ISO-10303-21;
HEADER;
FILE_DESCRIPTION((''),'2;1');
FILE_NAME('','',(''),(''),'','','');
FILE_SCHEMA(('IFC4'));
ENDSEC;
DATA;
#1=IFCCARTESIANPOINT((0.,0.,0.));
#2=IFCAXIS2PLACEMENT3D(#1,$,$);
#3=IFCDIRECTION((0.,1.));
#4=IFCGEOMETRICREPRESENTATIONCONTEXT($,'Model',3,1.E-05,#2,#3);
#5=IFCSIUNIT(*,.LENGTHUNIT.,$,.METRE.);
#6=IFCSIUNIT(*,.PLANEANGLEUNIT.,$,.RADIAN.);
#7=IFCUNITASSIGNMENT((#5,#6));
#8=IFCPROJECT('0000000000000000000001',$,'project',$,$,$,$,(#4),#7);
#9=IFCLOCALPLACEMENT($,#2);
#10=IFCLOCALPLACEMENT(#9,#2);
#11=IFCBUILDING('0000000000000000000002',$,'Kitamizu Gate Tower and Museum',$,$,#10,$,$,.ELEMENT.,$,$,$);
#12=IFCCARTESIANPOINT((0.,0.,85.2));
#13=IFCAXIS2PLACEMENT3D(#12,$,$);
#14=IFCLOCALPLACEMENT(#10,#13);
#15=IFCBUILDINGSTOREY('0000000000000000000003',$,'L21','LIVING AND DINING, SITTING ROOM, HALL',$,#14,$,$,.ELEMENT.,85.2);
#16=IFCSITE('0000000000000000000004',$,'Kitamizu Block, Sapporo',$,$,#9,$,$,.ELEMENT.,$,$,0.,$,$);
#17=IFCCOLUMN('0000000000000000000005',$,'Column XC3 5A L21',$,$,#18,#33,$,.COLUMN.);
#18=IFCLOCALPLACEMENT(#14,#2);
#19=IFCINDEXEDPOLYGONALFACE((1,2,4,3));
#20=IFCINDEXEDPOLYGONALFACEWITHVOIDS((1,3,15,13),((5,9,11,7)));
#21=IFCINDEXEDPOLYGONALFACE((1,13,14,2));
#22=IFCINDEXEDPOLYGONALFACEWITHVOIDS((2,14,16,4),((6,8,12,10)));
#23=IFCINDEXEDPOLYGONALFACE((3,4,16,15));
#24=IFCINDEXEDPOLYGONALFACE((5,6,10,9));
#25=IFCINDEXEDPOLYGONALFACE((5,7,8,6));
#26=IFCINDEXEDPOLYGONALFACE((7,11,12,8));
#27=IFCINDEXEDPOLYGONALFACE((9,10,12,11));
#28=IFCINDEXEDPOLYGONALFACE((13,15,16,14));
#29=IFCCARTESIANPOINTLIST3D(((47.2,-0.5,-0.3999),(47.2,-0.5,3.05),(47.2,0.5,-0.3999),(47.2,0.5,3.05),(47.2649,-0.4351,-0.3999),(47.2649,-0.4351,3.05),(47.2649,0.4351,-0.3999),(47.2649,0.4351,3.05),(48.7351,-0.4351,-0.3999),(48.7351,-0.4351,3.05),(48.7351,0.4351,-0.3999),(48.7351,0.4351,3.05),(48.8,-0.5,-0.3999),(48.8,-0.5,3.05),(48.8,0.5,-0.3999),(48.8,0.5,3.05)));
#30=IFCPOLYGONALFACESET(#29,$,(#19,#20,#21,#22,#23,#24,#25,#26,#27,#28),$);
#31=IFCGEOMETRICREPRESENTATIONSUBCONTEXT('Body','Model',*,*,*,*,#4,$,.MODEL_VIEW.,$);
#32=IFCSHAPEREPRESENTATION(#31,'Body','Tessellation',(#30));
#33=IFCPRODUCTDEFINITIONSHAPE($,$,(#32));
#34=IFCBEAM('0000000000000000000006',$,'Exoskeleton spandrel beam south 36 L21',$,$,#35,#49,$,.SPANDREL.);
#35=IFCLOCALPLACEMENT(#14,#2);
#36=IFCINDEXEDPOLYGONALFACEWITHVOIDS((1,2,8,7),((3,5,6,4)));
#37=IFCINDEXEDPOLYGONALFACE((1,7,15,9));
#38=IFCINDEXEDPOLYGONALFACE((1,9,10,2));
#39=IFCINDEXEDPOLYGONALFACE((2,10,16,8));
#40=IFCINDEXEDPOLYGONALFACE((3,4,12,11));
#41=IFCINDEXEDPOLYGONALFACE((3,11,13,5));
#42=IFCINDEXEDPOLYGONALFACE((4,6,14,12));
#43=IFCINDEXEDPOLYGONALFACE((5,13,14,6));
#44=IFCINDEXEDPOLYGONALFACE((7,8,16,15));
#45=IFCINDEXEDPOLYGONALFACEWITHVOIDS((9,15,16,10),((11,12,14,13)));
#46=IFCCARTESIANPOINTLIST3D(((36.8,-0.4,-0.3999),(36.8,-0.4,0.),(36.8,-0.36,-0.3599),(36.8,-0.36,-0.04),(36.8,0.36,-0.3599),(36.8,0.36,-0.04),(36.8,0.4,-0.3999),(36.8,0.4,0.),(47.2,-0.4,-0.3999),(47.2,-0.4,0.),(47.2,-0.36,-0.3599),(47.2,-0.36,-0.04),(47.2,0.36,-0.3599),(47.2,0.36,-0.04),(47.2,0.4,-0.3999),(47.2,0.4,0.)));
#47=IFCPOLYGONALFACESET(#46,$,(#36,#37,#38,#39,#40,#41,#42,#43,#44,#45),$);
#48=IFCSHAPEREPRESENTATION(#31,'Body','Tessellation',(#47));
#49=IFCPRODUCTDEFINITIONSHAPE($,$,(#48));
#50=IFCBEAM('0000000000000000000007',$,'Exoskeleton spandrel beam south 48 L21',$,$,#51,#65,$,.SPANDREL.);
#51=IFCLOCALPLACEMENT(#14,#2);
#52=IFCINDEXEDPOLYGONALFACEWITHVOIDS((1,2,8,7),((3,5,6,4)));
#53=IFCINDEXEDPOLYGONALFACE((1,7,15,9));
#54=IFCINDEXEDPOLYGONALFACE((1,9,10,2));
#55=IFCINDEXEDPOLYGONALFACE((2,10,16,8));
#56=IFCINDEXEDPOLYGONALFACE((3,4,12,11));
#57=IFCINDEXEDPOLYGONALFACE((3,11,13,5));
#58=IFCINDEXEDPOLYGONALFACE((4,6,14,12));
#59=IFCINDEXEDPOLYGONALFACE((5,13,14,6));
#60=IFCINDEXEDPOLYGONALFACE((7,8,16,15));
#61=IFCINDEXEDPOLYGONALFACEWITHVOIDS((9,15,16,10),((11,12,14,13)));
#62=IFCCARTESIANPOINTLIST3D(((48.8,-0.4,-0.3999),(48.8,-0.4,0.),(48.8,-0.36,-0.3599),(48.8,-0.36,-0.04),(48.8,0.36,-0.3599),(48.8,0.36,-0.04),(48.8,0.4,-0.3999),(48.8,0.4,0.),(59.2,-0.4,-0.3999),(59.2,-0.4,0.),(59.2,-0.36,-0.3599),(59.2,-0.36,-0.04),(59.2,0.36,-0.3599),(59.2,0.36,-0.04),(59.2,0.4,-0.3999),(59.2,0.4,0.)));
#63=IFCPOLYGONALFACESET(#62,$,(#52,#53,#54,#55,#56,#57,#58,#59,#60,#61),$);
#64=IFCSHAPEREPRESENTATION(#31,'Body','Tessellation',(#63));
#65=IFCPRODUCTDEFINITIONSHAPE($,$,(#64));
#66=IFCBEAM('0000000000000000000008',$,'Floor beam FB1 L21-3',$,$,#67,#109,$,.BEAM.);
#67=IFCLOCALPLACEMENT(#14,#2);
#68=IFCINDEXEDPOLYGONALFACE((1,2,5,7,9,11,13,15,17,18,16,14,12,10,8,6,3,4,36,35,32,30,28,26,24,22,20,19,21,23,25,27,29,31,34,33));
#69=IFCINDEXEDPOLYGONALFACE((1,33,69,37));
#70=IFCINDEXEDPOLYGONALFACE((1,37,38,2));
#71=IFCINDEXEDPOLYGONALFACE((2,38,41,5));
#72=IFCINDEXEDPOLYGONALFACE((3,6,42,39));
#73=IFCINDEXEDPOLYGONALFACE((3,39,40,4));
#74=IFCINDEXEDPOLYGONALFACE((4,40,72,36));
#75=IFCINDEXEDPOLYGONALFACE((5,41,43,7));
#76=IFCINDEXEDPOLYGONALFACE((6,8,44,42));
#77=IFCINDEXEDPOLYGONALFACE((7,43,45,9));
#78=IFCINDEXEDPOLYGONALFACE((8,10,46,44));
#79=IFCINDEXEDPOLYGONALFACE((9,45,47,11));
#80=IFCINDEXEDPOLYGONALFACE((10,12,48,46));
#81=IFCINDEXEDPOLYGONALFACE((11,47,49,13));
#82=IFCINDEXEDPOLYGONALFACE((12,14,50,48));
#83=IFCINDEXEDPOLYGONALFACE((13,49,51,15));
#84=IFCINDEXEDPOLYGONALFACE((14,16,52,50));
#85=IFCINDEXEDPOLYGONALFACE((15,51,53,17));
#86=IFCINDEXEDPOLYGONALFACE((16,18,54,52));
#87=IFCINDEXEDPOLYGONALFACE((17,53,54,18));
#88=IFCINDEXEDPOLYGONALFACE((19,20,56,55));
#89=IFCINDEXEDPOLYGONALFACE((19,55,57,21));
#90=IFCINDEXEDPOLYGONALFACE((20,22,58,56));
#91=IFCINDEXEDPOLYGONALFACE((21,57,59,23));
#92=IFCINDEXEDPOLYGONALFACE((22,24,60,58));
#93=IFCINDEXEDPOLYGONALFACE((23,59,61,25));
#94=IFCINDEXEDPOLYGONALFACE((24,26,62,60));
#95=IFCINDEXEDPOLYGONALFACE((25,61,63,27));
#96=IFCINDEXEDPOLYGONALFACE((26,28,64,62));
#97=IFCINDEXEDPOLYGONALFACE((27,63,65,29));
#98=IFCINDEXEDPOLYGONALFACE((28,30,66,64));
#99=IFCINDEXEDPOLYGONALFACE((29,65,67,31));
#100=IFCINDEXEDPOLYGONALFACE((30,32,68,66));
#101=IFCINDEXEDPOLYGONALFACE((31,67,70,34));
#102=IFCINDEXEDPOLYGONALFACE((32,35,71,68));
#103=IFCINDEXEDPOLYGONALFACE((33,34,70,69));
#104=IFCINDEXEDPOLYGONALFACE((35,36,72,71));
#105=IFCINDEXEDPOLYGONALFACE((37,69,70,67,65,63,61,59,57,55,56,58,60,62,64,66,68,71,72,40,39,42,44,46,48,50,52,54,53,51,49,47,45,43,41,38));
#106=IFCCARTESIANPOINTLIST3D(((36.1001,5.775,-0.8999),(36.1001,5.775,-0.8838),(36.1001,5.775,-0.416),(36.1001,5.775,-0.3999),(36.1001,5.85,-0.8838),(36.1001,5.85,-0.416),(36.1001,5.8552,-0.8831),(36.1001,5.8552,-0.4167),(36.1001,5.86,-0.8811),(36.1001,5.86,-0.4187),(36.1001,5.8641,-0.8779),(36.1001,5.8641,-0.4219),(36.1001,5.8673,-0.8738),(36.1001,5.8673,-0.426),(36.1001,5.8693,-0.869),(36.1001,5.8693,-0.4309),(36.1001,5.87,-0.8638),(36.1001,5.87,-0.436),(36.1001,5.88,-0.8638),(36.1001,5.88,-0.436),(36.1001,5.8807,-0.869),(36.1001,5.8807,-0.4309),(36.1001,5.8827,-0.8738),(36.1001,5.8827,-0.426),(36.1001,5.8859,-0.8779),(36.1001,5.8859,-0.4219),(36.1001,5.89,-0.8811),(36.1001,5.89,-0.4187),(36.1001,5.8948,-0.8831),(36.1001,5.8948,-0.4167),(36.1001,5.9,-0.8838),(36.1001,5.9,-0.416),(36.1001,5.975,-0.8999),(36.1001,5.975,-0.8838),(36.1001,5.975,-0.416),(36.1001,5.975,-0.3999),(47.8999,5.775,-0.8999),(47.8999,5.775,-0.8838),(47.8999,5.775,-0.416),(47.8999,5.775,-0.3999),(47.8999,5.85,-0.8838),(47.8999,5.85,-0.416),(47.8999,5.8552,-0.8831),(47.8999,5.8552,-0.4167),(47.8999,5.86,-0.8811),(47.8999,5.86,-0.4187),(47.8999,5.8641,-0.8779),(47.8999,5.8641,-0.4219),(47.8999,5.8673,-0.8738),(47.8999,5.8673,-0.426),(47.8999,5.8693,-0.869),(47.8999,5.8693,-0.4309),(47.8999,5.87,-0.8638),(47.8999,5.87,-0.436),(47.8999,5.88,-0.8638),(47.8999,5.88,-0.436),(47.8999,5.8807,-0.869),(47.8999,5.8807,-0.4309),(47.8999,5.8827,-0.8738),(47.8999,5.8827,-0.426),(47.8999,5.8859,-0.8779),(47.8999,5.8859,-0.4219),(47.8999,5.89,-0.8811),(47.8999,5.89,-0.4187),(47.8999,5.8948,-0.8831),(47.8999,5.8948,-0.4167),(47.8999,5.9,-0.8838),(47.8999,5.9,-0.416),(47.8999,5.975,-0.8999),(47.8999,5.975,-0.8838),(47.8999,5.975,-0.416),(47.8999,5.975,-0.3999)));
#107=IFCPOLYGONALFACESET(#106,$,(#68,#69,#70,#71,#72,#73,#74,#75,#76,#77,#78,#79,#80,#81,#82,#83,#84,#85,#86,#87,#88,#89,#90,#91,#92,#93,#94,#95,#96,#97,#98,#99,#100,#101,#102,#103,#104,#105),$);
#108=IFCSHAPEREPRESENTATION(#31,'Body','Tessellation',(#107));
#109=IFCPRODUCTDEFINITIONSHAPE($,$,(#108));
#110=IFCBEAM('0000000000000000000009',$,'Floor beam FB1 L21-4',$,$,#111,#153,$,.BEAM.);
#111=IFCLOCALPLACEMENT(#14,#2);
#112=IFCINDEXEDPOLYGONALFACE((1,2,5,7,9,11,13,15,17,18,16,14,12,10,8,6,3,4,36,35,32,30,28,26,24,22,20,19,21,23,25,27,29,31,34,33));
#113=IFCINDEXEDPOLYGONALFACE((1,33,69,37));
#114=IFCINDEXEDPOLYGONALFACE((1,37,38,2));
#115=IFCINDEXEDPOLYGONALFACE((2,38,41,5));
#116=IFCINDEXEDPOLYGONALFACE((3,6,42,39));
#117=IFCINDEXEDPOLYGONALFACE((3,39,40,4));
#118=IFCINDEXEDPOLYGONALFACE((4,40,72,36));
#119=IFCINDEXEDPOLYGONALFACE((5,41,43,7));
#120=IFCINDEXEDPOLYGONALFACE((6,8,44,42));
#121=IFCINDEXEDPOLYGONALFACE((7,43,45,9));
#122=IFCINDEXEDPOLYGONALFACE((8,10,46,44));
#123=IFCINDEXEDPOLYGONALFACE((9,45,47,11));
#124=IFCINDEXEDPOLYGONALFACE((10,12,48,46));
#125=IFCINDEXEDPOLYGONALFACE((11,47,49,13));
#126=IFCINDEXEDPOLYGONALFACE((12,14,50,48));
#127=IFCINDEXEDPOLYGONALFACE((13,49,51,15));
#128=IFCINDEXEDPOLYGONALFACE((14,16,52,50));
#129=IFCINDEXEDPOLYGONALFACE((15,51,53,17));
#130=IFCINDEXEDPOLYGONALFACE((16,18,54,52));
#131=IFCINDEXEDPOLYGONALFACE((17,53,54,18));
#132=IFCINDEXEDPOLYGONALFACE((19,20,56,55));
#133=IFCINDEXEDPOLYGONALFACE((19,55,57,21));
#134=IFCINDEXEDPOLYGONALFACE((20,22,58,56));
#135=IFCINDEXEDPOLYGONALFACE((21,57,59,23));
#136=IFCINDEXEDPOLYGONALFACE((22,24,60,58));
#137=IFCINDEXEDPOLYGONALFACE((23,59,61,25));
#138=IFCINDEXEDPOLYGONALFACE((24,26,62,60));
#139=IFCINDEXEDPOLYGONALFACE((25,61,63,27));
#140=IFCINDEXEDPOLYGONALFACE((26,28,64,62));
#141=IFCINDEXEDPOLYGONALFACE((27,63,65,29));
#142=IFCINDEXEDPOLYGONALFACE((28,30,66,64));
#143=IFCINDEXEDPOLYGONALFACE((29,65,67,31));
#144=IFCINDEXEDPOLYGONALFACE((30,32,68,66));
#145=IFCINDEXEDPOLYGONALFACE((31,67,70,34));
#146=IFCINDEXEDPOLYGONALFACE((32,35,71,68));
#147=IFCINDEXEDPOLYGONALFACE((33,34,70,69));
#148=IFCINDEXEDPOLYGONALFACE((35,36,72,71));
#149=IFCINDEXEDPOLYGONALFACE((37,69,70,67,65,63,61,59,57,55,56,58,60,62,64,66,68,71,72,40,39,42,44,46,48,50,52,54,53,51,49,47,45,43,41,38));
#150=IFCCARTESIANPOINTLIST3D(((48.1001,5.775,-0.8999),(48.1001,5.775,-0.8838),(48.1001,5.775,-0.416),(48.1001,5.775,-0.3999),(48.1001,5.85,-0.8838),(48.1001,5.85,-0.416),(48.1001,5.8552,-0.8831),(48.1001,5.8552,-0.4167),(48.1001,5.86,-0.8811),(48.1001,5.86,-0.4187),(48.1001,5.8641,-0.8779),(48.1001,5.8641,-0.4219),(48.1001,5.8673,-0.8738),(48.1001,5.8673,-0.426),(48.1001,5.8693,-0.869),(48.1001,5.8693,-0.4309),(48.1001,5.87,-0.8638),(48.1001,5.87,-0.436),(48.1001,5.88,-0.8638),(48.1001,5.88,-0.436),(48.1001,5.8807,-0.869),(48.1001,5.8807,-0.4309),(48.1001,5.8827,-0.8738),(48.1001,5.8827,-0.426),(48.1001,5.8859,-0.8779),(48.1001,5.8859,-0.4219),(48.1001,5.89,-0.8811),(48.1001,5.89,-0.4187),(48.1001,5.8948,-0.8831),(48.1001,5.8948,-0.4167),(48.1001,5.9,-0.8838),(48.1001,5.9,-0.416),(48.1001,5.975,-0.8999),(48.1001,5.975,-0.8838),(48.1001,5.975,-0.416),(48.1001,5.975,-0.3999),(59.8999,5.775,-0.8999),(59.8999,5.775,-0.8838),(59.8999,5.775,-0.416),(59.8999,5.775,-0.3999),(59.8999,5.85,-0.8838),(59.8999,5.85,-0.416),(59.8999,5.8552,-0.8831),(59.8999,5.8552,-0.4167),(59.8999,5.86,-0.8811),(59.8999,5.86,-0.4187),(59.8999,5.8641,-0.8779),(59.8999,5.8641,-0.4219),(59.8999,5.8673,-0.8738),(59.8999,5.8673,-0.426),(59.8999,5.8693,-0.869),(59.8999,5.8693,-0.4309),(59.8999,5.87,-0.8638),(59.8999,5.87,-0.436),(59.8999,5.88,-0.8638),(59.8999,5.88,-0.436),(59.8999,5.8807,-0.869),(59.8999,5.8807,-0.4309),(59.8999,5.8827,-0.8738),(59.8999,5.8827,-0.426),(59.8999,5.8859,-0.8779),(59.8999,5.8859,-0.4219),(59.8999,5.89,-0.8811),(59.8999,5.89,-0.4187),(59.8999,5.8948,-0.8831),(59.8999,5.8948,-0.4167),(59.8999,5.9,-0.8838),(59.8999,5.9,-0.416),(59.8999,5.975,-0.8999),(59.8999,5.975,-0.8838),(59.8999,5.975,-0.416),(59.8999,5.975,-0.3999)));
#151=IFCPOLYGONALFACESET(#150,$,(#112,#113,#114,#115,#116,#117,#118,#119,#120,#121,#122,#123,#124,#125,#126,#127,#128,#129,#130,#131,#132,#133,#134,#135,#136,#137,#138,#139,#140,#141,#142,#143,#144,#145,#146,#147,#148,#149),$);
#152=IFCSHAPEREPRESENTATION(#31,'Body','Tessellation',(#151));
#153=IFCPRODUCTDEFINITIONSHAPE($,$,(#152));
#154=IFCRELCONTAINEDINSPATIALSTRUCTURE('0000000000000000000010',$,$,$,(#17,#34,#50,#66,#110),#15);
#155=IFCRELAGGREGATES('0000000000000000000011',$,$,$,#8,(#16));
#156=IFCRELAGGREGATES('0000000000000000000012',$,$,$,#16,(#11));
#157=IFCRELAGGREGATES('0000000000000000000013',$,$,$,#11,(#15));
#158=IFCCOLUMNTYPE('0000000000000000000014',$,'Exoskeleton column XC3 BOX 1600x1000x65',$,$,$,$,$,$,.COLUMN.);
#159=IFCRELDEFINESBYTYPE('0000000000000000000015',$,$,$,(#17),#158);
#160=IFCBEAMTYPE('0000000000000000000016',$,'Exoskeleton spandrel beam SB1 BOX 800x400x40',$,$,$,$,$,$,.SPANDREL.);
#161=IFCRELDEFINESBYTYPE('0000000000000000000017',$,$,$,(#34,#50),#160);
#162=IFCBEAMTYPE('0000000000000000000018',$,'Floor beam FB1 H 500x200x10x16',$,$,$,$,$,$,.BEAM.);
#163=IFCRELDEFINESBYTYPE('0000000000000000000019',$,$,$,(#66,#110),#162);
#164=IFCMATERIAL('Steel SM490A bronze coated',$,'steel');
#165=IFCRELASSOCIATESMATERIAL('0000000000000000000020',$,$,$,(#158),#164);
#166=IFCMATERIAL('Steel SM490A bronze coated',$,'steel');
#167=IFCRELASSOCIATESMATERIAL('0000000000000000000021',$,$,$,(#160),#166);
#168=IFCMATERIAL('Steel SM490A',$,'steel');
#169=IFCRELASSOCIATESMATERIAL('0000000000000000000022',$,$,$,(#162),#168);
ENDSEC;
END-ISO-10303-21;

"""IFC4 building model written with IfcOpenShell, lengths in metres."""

from ifc_helpers import new_model, si_unit, direction, frame, origin, origin_2d, place, context, subcontext, project, spatial, hollow_rectangle, i_section, extrude, material, material_profile, profile_set, type_object, element, save


model = new_model("IFC4")

# Units and contexts
model_context = context("Model", 3, precision=1e-05, world=origin(), true_north=direction((0.0, 1.0)))
body_context = subcontext(model_context, "Body", "Model", "MODEL_VIEW")
ifc_project = project(units=[si_unit("LENGTHUNIT", "METRE"), si_unit("PLANEANGLEUNIT", "RADIAN")], contexts=[model_context])

# Site, building, storey
site_placement = place(None, origin())
site = spatial("IfcSite", under=ifc_project, at=site_placement, Name="Kitamizu Block, Sapporo", CompositionType="ELEMENT", RefElevation=0.0)
building_placement = place(site_placement, origin())
building = spatial("IfcBuilding", under=site, at=building_placement, Name="Kitamizu Gate Tower and Museum", CompositionType="ELEMENT")
storey_placement = place(building_placement, frame((0.0, 0.0, 85.2)))
storey = spatial("IfcBuildingStorey", under=building, at=storey_placement, Name="L21", Description="LIVING AND DINING, SITTING ROOM, HALL", CompositionType="ELEMENT", Elevation=85.2)

# Column
ifc_material_1 = material(Name="Steel SM490A bronze coated", Category="steel")
ifc_material_profile_1 = material_profile(ifc_material_1, hollow_rectangle(XDim=1.6001, YDim=1.0, WallThickness=0.0649, at=origin_2d()), Name="BOX 1600x1000x65")
ifc_profile_set_1 = profile_set([ifc_material_profile_1], Name="Steel SM490A bronze coated")
column_type = type_object("IfcColumnType", Name="Exoskeleton column XC3 BOX 1600x1000x65", PredefinedType="COLUMN", material=ifc_profile_set_1)
column_placement = place(storey_placement, frame((48.0, 0.0, -0.3999), z_axis=(0.0, 0.0, 1.0), x_axis=(1.0, 0.0, 0.0)))
element("IfcColumn", 1, at=column_placement, inside=storey, type_object=column_type, Name="Column XC3 5A L21", PredefinedType="COLUMN", context=body_context, shape_type="SweptSolid", body=[
    extrude(hollow_rectangle(XDim=1.6001, YDim=1.0, WallThickness=0.0649, at=origin_2d()), origin(), (0.0, 0.0, 1.0), 3.45),
])

# Beams
ifc_material_2 = material(Name="Steel SM490A bronze coated", Category="steel")
ifc_material_profile_2 = material_profile(ifc_material_2, hollow_rectangle(XDim=0.8, YDim=0.3999, WallThickness=0.04, at=origin_2d()), Name="BOX 800x400x40")
ifc_profile_set_2 = profile_set([ifc_material_profile_2], Name="Steel SM490A bronze coated")
beam_type_1 = type_object("IfcBeamType", Name="Exoskeleton spandrel beam SB1 BOX 800x400x40", PredefinedType="SPANDREL", material=ifc_profile_set_2)
for number, where, z_axis, x_axis, name in (
    (2, (36.8, 0.0, -0.2), (1.0, 0.0, 0.0), (0.0, 1.0, 0.0), "Exoskeleton spandrel beam south 36 L21"),
    (3, (48.8, 0.0, -0.2), (1.0, 0.0, 0.0), (0.0, 1.0, 0.0), "Exoskeleton spandrel beam south 48 L21"),
):
    element("IfcBeam", number, at=place(storey_placement, frame(where, z_axis=z_axis, x_axis=x_axis)), inside=storey, type_object=beam_type_1, Name=name, PredefinedType="SPANDREL", context=body_context, shape_type="SweptSolid", body=[
        extrude(hollow_rectangle(XDim=0.8, YDim=0.3999, WallThickness=0.04, at=origin_2d()), origin(), (0.0, 0.0, 1.0), 10.3999),
    ])
ifc_material_3 = material(Name="Steel SM490A", Category="steel")
ifc_material_profile_3 = material_profile(ifc_material_3, i_section(OverallWidth=0.2, OverallDepth=0.5, WebThickness=0.01, FlangeThickness=0.0161, FilletRadius=0.02, at=origin_2d()), Name="H-500x200x10x16")
ifc_profile_set_3 = profile_set([ifc_material_profile_3], Name="Steel SM490A")
beam_type_2 = type_object("IfcBeamType", Name="Floor beam FB1 H 500x200x10x16", PredefinedType="BEAM", material=ifc_profile_set_3)
for number, where, z_axis, x_axis, name in (
    (4, (36.1001, 5.875, -0.6499), (1.0, 0.0, 0.0), (0.0, 1.0, 0.0), "Floor beam FB1 L21-3"),
    (5, (48.1001, 5.875, -0.6499), (1.0, 0.0, 0.0), (0.0, 1.0, 0.0), "Floor beam FB1 L21-4"),
):
    element("IfcBeam", number, at=place(storey_placement, frame(where, z_axis=z_axis, x_axis=x_axis)), inside=storey, type_object=beam_type_2, Name=name, PredefinedType="BEAM", context=body_context, shape_type="SweptSolid", body=[
        extrude(i_section(OverallWidth=0.2, OverallDepth=0.5, WebThickness=0.01, FlangeThickness=0.0161, FilletRadius=0.02, at=origin_2d()), origin(), (0.0, 0.0, 1.0), 11.7998),
    ])

save(model, "model.ifc")
